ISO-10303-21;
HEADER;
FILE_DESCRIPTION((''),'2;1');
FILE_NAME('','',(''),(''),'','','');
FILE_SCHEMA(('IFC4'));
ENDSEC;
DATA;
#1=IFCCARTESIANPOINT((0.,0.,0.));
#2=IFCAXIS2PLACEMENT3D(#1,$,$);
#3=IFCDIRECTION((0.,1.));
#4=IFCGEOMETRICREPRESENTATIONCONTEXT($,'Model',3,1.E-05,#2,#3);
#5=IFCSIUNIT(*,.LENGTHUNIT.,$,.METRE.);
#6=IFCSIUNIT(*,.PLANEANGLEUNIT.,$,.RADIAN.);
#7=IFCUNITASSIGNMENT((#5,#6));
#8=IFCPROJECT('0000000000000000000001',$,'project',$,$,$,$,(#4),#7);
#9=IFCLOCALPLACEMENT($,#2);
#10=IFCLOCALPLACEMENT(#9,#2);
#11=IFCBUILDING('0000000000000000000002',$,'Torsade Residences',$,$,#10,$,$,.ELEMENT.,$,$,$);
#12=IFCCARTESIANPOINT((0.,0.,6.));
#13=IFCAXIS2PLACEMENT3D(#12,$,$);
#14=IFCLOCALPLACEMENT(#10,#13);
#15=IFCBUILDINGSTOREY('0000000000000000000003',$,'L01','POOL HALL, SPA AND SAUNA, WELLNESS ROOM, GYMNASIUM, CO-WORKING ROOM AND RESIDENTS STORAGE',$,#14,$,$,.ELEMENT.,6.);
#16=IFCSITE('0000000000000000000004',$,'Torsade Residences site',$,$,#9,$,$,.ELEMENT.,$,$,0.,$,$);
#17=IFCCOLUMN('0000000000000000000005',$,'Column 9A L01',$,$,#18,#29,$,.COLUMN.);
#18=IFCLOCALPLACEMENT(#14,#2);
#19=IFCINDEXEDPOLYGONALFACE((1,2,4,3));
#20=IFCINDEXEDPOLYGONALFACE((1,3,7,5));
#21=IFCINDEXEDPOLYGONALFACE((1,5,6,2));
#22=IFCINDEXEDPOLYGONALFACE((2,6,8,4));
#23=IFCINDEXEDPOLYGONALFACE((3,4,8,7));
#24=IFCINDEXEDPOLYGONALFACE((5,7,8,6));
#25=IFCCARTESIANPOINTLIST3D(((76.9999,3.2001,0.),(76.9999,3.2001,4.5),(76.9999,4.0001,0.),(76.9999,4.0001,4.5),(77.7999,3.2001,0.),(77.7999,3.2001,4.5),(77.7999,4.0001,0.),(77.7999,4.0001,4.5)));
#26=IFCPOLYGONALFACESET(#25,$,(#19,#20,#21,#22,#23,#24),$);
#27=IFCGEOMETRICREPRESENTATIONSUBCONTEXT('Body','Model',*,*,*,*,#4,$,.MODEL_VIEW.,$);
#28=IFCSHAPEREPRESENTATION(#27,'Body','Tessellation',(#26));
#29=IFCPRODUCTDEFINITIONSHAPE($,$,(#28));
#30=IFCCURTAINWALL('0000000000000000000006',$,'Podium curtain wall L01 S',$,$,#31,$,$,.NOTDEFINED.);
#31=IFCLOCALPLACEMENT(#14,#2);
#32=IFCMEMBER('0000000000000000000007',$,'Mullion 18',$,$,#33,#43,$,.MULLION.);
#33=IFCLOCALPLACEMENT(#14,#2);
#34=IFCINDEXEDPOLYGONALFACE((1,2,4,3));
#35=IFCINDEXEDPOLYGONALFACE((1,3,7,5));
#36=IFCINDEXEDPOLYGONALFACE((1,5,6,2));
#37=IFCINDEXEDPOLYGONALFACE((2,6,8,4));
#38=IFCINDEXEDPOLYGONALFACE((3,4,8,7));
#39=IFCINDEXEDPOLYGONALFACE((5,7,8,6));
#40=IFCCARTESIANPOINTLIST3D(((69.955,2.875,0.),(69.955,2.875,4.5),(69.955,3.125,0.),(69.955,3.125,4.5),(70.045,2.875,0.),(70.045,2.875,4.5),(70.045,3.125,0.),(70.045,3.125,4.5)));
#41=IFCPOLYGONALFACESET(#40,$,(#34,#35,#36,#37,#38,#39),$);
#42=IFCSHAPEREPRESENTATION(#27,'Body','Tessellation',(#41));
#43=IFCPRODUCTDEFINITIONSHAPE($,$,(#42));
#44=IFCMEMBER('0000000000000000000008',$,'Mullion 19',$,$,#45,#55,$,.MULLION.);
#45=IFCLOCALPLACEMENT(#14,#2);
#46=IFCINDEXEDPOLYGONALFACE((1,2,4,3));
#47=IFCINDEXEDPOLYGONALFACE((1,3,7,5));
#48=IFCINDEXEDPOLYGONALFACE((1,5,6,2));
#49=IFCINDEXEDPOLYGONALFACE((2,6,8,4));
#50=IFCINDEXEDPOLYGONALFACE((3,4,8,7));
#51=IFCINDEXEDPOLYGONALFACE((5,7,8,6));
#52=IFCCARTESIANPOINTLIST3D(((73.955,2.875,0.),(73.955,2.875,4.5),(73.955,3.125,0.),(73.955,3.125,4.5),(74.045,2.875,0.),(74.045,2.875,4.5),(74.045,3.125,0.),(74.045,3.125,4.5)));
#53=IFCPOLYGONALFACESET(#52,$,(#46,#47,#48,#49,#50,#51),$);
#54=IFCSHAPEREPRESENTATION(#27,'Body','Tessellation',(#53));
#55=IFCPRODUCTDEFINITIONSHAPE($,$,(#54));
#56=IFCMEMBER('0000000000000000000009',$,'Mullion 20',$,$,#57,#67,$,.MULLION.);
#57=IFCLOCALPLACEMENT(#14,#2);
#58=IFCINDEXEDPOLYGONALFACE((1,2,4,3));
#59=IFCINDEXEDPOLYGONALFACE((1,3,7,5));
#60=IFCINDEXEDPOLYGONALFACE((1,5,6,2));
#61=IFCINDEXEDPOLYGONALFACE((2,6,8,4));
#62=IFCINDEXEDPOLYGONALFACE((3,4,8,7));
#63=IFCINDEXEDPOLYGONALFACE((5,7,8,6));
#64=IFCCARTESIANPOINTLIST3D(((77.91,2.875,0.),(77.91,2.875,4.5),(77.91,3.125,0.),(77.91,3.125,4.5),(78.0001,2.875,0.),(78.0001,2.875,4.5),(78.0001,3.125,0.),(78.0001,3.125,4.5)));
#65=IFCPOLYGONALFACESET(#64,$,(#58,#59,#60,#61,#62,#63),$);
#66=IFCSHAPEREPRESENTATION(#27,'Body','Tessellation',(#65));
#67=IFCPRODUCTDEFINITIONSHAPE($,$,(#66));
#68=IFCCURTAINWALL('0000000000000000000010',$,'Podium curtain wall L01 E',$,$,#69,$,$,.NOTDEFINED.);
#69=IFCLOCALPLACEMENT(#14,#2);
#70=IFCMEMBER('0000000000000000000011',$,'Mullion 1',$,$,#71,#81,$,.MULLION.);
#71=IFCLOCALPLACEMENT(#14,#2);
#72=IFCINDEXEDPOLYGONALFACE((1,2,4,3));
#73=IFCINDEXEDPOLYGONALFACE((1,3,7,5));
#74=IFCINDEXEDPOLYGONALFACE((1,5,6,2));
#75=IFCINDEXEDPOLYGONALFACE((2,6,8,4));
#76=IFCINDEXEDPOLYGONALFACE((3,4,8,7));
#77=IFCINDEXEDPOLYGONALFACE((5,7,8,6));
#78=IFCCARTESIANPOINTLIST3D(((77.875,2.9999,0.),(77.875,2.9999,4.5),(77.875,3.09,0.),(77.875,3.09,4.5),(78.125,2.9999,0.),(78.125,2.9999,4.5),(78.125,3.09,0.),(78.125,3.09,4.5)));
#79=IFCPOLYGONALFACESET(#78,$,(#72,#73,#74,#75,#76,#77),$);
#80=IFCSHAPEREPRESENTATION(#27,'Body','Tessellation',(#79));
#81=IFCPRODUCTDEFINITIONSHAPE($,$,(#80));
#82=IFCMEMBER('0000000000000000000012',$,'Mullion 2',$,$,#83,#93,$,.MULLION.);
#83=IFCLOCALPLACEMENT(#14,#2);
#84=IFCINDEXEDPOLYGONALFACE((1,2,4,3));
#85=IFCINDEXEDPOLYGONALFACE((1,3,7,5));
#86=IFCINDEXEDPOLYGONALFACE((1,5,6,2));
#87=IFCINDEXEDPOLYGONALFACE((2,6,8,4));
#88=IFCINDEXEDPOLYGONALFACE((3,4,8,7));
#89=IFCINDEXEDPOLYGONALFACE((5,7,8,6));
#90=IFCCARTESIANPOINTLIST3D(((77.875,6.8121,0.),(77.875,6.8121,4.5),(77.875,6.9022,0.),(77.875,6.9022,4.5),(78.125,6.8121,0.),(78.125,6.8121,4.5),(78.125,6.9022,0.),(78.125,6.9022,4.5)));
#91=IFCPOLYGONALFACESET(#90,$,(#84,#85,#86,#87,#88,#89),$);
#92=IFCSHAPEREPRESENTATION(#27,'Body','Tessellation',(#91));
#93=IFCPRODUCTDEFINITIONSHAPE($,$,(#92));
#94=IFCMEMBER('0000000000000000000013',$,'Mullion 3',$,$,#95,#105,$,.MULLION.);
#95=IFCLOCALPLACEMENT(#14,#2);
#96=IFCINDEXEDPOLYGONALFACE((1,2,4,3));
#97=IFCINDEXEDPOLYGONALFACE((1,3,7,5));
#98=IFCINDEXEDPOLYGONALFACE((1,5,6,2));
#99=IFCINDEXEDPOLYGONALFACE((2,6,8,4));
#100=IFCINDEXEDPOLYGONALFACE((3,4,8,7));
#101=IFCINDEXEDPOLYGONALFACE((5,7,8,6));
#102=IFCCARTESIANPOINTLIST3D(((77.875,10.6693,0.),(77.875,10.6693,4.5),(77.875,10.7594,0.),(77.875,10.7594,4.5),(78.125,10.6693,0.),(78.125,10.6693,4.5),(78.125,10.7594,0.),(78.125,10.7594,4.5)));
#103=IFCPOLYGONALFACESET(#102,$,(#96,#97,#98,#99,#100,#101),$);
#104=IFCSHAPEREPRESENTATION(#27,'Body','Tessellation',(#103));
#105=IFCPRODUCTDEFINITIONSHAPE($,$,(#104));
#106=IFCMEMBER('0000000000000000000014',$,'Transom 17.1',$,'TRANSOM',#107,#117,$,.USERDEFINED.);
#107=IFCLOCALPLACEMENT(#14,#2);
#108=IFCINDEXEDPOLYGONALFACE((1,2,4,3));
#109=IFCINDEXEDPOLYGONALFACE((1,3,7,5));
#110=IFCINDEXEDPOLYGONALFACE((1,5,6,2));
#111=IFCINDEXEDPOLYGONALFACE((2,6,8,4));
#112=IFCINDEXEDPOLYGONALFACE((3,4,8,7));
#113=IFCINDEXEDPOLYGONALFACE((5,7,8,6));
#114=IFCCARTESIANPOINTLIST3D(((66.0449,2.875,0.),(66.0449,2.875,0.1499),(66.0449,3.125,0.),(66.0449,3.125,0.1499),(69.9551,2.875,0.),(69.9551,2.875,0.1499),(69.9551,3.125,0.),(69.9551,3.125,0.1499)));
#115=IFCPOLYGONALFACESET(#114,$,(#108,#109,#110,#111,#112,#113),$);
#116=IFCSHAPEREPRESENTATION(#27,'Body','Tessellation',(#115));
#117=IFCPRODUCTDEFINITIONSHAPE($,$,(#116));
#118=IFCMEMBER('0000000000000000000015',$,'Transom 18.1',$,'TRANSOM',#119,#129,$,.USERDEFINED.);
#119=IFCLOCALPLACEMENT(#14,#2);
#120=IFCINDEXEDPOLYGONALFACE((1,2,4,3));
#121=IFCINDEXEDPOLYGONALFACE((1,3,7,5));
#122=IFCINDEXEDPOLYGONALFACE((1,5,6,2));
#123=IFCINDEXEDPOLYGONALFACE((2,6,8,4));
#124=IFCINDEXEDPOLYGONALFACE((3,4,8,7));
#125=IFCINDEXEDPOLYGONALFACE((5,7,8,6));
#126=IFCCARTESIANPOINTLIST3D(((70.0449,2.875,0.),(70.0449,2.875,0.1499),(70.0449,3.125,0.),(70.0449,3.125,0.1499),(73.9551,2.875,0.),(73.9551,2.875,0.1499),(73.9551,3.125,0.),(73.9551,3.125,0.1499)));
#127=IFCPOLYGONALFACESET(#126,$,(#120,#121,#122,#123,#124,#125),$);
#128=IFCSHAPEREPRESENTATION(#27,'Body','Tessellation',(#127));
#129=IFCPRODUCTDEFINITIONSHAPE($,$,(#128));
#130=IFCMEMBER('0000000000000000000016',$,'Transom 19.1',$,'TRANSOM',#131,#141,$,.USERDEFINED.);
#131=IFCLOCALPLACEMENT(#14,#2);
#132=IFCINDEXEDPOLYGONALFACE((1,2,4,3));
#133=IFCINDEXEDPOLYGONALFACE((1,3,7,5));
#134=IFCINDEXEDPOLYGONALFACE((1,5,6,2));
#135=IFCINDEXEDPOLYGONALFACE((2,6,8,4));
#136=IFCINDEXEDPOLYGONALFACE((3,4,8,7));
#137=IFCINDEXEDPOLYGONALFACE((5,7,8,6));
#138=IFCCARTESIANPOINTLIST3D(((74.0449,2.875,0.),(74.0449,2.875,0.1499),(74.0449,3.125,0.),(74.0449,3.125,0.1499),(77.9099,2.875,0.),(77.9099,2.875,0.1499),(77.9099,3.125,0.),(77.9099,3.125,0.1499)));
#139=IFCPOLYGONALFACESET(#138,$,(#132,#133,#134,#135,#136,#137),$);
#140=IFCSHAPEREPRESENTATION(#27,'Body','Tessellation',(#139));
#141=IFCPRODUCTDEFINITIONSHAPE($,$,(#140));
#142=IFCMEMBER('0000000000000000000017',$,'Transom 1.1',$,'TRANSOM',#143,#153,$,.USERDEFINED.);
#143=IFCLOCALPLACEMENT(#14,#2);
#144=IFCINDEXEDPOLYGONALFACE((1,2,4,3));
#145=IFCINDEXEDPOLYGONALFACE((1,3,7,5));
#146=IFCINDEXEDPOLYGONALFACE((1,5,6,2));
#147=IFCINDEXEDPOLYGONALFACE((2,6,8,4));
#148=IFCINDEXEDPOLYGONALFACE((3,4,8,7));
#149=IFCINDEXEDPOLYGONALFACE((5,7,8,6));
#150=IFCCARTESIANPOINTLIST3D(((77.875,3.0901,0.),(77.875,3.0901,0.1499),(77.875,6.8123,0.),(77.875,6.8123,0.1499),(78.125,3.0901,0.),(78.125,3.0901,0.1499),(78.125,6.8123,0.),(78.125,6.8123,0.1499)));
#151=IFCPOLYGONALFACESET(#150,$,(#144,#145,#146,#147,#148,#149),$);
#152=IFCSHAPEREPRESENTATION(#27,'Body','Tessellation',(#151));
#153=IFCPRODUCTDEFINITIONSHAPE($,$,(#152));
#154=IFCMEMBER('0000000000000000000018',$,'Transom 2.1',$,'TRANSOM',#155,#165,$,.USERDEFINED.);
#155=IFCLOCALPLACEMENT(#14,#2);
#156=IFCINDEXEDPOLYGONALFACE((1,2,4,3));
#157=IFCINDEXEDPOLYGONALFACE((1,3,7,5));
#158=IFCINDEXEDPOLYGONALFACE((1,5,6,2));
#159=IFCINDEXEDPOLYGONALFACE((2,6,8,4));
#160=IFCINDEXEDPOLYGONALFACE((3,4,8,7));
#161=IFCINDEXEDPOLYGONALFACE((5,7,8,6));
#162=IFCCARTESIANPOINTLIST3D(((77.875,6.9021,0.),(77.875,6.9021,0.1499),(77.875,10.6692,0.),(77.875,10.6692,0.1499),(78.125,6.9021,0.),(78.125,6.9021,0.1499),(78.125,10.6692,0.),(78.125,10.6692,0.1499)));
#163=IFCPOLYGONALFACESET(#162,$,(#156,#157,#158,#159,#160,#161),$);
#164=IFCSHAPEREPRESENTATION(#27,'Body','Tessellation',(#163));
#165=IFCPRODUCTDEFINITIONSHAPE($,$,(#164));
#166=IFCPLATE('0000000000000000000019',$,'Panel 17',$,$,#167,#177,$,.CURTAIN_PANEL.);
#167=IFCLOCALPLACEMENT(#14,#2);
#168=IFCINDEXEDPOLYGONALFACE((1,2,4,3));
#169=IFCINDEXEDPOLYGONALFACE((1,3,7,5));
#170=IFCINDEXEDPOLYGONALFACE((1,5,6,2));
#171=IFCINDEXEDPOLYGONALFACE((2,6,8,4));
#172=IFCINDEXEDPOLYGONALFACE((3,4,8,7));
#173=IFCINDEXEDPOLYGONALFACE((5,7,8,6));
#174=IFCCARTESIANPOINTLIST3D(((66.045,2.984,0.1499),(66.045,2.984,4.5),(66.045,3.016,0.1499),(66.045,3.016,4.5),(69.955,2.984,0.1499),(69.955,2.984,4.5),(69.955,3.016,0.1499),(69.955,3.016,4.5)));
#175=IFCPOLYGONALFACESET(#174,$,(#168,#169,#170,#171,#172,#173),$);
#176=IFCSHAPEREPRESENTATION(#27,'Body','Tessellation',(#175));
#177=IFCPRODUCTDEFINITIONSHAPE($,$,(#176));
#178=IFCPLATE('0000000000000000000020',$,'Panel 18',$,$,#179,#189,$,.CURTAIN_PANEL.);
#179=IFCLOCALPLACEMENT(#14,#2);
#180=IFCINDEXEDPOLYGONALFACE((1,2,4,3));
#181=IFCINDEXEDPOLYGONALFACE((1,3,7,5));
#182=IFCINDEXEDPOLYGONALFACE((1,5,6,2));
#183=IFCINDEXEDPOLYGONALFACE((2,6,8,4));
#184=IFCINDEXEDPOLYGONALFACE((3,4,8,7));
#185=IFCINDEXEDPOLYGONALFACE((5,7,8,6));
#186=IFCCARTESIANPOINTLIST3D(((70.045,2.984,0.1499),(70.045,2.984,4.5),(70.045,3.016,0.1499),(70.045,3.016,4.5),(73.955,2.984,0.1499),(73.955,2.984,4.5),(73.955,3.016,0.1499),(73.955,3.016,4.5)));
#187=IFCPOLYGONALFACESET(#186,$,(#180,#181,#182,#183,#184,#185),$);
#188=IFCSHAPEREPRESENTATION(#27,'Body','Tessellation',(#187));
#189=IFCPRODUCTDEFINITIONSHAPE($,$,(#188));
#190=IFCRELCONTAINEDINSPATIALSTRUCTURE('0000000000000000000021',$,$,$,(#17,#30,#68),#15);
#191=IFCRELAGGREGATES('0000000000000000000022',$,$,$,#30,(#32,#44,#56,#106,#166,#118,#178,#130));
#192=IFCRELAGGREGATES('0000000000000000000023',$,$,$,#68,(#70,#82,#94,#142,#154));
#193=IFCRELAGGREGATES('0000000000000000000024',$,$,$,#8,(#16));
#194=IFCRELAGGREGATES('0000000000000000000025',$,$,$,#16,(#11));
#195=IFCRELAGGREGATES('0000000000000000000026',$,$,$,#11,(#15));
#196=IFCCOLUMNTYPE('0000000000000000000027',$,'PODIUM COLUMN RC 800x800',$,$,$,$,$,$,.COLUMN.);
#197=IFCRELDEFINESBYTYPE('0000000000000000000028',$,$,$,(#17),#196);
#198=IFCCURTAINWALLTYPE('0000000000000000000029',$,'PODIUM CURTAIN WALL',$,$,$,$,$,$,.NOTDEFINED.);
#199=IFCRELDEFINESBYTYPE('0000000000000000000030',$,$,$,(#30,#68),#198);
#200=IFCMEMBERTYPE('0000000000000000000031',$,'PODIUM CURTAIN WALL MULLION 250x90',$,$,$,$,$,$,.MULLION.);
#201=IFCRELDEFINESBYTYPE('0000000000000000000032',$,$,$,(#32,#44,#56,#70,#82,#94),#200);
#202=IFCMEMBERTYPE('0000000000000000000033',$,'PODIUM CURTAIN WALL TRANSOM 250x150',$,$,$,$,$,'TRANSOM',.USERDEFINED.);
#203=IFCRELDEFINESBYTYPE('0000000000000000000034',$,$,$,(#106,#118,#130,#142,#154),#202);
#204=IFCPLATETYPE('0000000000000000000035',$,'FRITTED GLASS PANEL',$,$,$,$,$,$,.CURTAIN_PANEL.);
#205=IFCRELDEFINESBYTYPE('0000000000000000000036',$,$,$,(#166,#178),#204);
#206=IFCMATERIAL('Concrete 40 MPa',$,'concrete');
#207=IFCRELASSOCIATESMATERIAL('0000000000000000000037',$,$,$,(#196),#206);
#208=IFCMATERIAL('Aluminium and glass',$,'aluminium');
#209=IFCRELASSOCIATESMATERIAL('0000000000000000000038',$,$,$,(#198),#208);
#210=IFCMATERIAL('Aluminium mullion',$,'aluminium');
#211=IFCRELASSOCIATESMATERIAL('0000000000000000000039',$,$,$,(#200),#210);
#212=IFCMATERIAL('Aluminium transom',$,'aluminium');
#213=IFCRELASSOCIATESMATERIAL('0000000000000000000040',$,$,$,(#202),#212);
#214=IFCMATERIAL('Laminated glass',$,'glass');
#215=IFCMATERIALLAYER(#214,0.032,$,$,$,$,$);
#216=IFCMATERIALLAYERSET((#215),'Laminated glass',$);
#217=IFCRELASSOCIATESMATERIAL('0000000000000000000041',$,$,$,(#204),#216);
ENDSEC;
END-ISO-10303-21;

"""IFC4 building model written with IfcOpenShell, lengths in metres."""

from ifc_helpers import new_model, si_unit, direction, frame, origin, origin_2d, place, context, subcontext, project, spatial, rectangle, extrude, material, layer, layer_set, material_profile, profile_set, type_object, element, aggregate, save


model = new_model("IFC4")

# Units and contexts
model_context = context("Model", 3, precision=1e-05, world=origin(), true_north=direction((0.0, 1.0)))
body_context = subcontext(model_context, "Body", "Model", "MODEL_VIEW")
ifc_project = project(units=[si_unit("LENGTHUNIT", "METRE"), si_unit("PLANEANGLEUNIT", "RADIAN")], contexts=[model_context])

# Site, building, storey
site_placement = place(None, origin())
site = spatial("IfcSite", under=ifc_project, at=site_placement, Name="Torsade Residences site", CompositionType="ELEMENT", RefElevation=0.0)
building_placement = place(site_placement, origin())
building = spatial("IfcBuilding", under=site, at=building_placement, Name="Torsade Residences", CompositionType="ELEMENT")
storey_placement = place(building_placement, frame((0.0, 0.0, 6.0)))
storey = spatial("IfcBuildingStorey", under=building, at=storey_placement, Name="L01", Description="POOL HALL, SPA AND SAUNA, WELLNESS ROOM, GYMNASIUM, CO-WORKING ROOM AND RESIDENTS STORAGE", CompositionType="ELEMENT", Elevation=6.0)

# Column
ifc_material_1 = material(Name="Concrete 40 MPa", Category="concrete")
ifc_material_profile_1 = material_profile(ifc_material_1, rectangle(XDim=0.8, YDim=0.8, at=origin_2d()), Name="RC 800x800")
ifc_profile_set_1 = profile_set([ifc_material_profile_1], Name="Concrete 40 MPa")
column_type = type_object("IfcColumnType", Name="PODIUM COLUMN RC 800x800", PredefinedType="COLUMN", material=ifc_profile_set_1)
column_placement = place(storey_placement, frame((77.3999, 3.6001, 0.0), z_axis=(0.0, 0.0, 1.0), x_axis=(1.0, 0.0, 0.0)))
element("IfcColumn", 1, at=column_placement, inside=storey, type_object=column_type, Name="Column 9A L01", PredefinedType="COLUMN", context=body_context, shape_type="SweptSolid", body=[
    extrude(rectangle(XDim=0.8, YDim=0.8, at=origin_2d()), origin(), (0.0, 0.0, 1.0), 4.5),
])

# Curtain walls, members
ifc_material_2 = material(Name="Aluminium and glass", Category="aluminium")
curtain_wall_type = type_object("IfcCurtainWallType", Name="PODIUM CURTAIN WALL", PredefinedType="NOTDEFINED", material=ifc_material_2)
curtain_wall_1_placement = place(storey_placement, origin())
curtain_wall_1 = element("IfcCurtainWall", 2, at=curtain_wall_1_placement, inside=storey, type_object=curtain_wall_type, Name="Podium curtain wall L01 S", PredefinedType="NOTDEFINED")
ifc_material_3 = material(Name="Aluminium mullion", Category="aluminium")
ifc_material_profile_2 = material_profile(ifc_material_3, rectangle(XDim=0.25, YDim=0.0901, at=origin_2d()), Name="PODIUM CURTAIN WALL MULLION 250x90")
ifc_profile_set_2 = profile_set([ifc_material_profile_2], Name="Aluminium mullion")
member_type_1 = type_object("IfcMemberType", Name="PODIUM CURTAIN WALL MULLION 250x90", PredefinedType="MULLION", material=ifc_profile_set_2)
member_1_placement = place(storey_placement, frame((70.0, 3.0, 0.0), z_axis=(0.0, 0.0, 1.0), x_axis=(0.0, 1.0, 0.0)))
member_1 = element("IfcMember", 3, at=member_1_placement, type_object=member_type_1, Name="Mullion 18", PredefinedType="MULLION", context=body_context, shape_type="SweptSolid", body=[
    extrude(rectangle(XDim=0.25, YDim=0.0901, at=origin_2d()), origin(), (0.0, 0.0, 1.0), 4.5),
])
member_2_placement = place(storey_placement, frame((74.0, 3.0, 0.0), z_axis=(0.0, 0.0, 1.0), x_axis=(0.0, 1.0, 0.0)))
member_2 = element("IfcMember", 4, at=member_2_placement, type_object=member_type_1, Name="Mullion 19", PredefinedType="MULLION", context=body_context, shape_type="SweptSolid", body=[
    extrude(rectangle(XDim=0.25, YDim=0.0901, at=origin_2d()), origin(), (0.0, 0.0, 1.0), 4.5),
])
member_3_placement = place(storey_placement, frame((77.9551, 3.0, 0.0), z_axis=(0.0, 0.0, 1.0), x_axis=(0.0, 1.0, 0.0)))
member_3 = element("IfcMember", 5, at=member_3_placement, type_object=member_type_1, Name="Mullion 20", PredefinedType="MULLION", context=body_context, shape_type="SweptSolid", body=[
    extrude(rectangle(XDim=0.25, YDim=0.0901, at=origin_2d()), origin(), (0.0, 0.0, 1.0), 4.5),
])
curtain_wall_2_placement = place(storey_placement, origin())
curtain_wall_2 = element("IfcCurtainWall", 6, at=curtain_wall_2_placement, inside=storey, type_object=curtain_wall_type, Name="Podium curtain wall L01 E", PredefinedType="NOTDEFINED")
member_4_placement = place(storey_placement, frame((78.0, 3.0449, 0.0), z_axis=(0.0, 0.0, 1.0), x_axis=(-1.0, 0.0, 0.0)))
member_4 = element("IfcMember", 7, at=member_4_placement, type_object=member_type_1, Name="Mullion 1", PredefinedType="MULLION", context=body_context, shape_type="SweptSolid", body=[
    extrude(rectangle(XDim=0.25, YDim=0.0901, at=origin_2d()), origin(), (0.0, 0.0, 1.0), 4.5),
])
member_5_placement = place(storey_placement, frame((78.0, 6.8572, 0.0), z_axis=(0.0, 0.0, 1.0), x_axis=(-1.0, 0.0, 0.0)))
member_5 = element("IfcMember", 8, at=member_5_placement, type_object=member_type_1, Name="Mullion 2", PredefinedType="MULLION", context=body_context, shape_type="SweptSolid", body=[
    extrude(rectangle(XDim=0.25, YDim=0.0901, at=origin_2d()), origin(), (0.0, 0.0, 1.0), 4.5),
])
member_6_placement = place(storey_placement, frame((78.0, 10.7144, 0.0), z_axis=(0.0, 0.0, 1.0), x_axis=(-1.0, 0.0, 0.0)))
member_6 = element("IfcMember", 9, at=member_6_placement, type_object=member_type_1, Name="Mullion 3", PredefinedType="MULLION", context=body_context, shape_type="SweptSolid", body=[
    extrude(rectangle(XDim=0.25, YDim=0.0901, at=origin_2d()), origin(), (0.0, 0.0, 1.0), 4.5),
])

# Members
ifc_material_4 = material(Name="Aluminium transom", Category="aluminium")
ifc_material_profile_3 = material_profile(ifc_material_4, rectangle(XDim=0.25, YDim=0.1499, at=origin_2d()), Name="PODIUM CURTAIN WALL TRANSOM 250x150")
ifc_profile_set_3 = profile_set([ifc_material_profile_3], Name="Aluminium transom")
member_type_2 = type_object("IfcMemberType", Name="PODIUM CURTAIN WALL TRANSOM 250x150", ElementType="TRANSOM", PredefinedType="USERDEFINED", material=ifc_profile_set_3)
member_7_placement = place(storey_placement, frame((66.0449, 3.0, 0.075), z_axis=(1.0, 0.0, 0.0), x_axis=(0.0, 1.0, 0.0)))
member_7 = element("IfcMember", 10, at=member_7_placement, type_object=member_type_2, Name="Transom 17.1", ObjectType="TRANSOM", PredefinedType="USERDEFINED", context=body_context, shape_type="SweptSolid", body=[
    extrude(rectangle(XDim=0.25, YDim=0.1499, at=origin_2d()), origin(), (0.0, 0.0, 1.0), 3.9102),
])
member_8_placement = place(storey_placement, frame((70.0449, 3.0, 0.075), z_axis=(1.0, 0.0, 0.0), x_axis=(0.0, 1.0, 0.0)))
member_8 = element("IfcMember", 11, at=member_8_placement, type_object=member_type_2, Name="Transom 18.1", ObjectType="TRANSOM", PredefinedType="USERDEFINED", context=body_context, shape_type="SweptSolid", body=[
    extrude(rectangle(XDim=0.25, YDim=0.1499, at=origin_2d()), origin(), (0.0, 0.0, 1.0), 3.9102),
])
member_9_placement = place(storey_placement, frame((74.0449, 3.0, 0.075), z_axis=(1.0, 0.0, 0.0), x_axis=(0.0, 1.0, 0.0)))
member_9 = element("IfcMember", 12, at=member_9_placement, type_object=member_type_2, Name="Transom 19.1", ObjectType="TRANSOM", PredefinedType="USERDEFINED", context=body_context, shape_type="SweptSolid", body=[
    extrude(rectangle(XDim=0.25, YDim=0.1499, at=origin_2d()), origin(), (0.0, 0.0, 1.0), 3.865),
])
member_10_placement = place(storey_placement, frame((78.0, 3.0901, 0.075), z_axis=(0.0, 1.0, 0.0), x_axis=(-1.0, 0.0, 0.0)))
member_10 = element("IfcMember", 13, at=member_10_placement, type_object=member_type_2, Name="Transom 1.1", ObjectType="TRANSOM", PredefinedType="USERDEFINED", context=body_context, shape_type="SweptSolid", body=[
    extrude(rectangle(XDim=0.25, YDim=0.1499, at=origin_2d()), origin(), (0.0, 0.0, 1.0), 3.7222),
])
member_11_placement = place(storey_placement, frame((78.0, 6.9021, 0.075), z_axis=(0.0, 1.0, 0.0), x_axis=(-1.0, 0.0, 0.0)))
member_11 = element("IfcMember", 14, at=member_11_placement, type_object=member_type_2, Name="Transom 2.1", ObjectType="TRANSOM", PredefinedType="USERDEFINED", context=body_context, shape_type="SweptSolid", body=[
    extrude(rectangle(XDim=0.25, YDim=0.1499, at=origin_2d()), origin(), (0.0, 0.0, 1.0), 3.7671),
])

# Plates
ifc_material_5 = material(Name="Laminated glass", Category="glass")
ifc_layer_1 = layer(ifc_material_5, 0.032)
ifc_layer_set_1 = layer_set([ifc_layer_1], Name="Laminated glass")
plate_type_1 = type_object("IfcPlateType", Name="FRITTED GLASS PANEL", PredefinedType="CURTAIN_PANEL", material=ifc_layer_set_1)
plate_1_placement = place(storey_placement, frame((68.0, 3.0, 0.1499), z_axis=(0.0, 0.0, 1.0), x_axis=(1.0, 0.0, 0.0)))
plate_1 = element("IfcPlate", 15, at=plate_1_placement, type_object=plate_type_1, Name="Panel 17", PredefinedType="CURTAIN_PANEL", context=body_context, shape_type="SweptSolid", body=[
    extrude(rectangle(XDim=3.9099, YDim=0.032, at=origin_2d()), origin(), (0.0, 0.0, 1.0), 4.3501),
])
plate_2_placement = place(storey_placement, frame((72.0, 3.0, 0.1499), z_axis=(0.0, 0.0, 1.0), x_axis=(1.0, 0.0, 0.0)))
plate_2 = element("IfcPlate", 16, at=plate_2_placement, type_object=plate_type_1, Name="Panel 18", PredefinedType="CURTAIN_PANEL", context=body_context, shape_type="SweptSolid", body=[
    extrude(rectangle(XDim=3.9099, YDim=0.032, at=origin_2d()), origin(), (0.0, 0.0, 1.0), 4.3501),
])
aggregate(curtain_wall_1, [member_1, member_2, member_3, member_7, plate_1, member_8, plate_2, member_9])
aggregate(curtain_wall_2, [member_4, member_5, member_6, member_10, member_11])

save(model, "model.ifc")
